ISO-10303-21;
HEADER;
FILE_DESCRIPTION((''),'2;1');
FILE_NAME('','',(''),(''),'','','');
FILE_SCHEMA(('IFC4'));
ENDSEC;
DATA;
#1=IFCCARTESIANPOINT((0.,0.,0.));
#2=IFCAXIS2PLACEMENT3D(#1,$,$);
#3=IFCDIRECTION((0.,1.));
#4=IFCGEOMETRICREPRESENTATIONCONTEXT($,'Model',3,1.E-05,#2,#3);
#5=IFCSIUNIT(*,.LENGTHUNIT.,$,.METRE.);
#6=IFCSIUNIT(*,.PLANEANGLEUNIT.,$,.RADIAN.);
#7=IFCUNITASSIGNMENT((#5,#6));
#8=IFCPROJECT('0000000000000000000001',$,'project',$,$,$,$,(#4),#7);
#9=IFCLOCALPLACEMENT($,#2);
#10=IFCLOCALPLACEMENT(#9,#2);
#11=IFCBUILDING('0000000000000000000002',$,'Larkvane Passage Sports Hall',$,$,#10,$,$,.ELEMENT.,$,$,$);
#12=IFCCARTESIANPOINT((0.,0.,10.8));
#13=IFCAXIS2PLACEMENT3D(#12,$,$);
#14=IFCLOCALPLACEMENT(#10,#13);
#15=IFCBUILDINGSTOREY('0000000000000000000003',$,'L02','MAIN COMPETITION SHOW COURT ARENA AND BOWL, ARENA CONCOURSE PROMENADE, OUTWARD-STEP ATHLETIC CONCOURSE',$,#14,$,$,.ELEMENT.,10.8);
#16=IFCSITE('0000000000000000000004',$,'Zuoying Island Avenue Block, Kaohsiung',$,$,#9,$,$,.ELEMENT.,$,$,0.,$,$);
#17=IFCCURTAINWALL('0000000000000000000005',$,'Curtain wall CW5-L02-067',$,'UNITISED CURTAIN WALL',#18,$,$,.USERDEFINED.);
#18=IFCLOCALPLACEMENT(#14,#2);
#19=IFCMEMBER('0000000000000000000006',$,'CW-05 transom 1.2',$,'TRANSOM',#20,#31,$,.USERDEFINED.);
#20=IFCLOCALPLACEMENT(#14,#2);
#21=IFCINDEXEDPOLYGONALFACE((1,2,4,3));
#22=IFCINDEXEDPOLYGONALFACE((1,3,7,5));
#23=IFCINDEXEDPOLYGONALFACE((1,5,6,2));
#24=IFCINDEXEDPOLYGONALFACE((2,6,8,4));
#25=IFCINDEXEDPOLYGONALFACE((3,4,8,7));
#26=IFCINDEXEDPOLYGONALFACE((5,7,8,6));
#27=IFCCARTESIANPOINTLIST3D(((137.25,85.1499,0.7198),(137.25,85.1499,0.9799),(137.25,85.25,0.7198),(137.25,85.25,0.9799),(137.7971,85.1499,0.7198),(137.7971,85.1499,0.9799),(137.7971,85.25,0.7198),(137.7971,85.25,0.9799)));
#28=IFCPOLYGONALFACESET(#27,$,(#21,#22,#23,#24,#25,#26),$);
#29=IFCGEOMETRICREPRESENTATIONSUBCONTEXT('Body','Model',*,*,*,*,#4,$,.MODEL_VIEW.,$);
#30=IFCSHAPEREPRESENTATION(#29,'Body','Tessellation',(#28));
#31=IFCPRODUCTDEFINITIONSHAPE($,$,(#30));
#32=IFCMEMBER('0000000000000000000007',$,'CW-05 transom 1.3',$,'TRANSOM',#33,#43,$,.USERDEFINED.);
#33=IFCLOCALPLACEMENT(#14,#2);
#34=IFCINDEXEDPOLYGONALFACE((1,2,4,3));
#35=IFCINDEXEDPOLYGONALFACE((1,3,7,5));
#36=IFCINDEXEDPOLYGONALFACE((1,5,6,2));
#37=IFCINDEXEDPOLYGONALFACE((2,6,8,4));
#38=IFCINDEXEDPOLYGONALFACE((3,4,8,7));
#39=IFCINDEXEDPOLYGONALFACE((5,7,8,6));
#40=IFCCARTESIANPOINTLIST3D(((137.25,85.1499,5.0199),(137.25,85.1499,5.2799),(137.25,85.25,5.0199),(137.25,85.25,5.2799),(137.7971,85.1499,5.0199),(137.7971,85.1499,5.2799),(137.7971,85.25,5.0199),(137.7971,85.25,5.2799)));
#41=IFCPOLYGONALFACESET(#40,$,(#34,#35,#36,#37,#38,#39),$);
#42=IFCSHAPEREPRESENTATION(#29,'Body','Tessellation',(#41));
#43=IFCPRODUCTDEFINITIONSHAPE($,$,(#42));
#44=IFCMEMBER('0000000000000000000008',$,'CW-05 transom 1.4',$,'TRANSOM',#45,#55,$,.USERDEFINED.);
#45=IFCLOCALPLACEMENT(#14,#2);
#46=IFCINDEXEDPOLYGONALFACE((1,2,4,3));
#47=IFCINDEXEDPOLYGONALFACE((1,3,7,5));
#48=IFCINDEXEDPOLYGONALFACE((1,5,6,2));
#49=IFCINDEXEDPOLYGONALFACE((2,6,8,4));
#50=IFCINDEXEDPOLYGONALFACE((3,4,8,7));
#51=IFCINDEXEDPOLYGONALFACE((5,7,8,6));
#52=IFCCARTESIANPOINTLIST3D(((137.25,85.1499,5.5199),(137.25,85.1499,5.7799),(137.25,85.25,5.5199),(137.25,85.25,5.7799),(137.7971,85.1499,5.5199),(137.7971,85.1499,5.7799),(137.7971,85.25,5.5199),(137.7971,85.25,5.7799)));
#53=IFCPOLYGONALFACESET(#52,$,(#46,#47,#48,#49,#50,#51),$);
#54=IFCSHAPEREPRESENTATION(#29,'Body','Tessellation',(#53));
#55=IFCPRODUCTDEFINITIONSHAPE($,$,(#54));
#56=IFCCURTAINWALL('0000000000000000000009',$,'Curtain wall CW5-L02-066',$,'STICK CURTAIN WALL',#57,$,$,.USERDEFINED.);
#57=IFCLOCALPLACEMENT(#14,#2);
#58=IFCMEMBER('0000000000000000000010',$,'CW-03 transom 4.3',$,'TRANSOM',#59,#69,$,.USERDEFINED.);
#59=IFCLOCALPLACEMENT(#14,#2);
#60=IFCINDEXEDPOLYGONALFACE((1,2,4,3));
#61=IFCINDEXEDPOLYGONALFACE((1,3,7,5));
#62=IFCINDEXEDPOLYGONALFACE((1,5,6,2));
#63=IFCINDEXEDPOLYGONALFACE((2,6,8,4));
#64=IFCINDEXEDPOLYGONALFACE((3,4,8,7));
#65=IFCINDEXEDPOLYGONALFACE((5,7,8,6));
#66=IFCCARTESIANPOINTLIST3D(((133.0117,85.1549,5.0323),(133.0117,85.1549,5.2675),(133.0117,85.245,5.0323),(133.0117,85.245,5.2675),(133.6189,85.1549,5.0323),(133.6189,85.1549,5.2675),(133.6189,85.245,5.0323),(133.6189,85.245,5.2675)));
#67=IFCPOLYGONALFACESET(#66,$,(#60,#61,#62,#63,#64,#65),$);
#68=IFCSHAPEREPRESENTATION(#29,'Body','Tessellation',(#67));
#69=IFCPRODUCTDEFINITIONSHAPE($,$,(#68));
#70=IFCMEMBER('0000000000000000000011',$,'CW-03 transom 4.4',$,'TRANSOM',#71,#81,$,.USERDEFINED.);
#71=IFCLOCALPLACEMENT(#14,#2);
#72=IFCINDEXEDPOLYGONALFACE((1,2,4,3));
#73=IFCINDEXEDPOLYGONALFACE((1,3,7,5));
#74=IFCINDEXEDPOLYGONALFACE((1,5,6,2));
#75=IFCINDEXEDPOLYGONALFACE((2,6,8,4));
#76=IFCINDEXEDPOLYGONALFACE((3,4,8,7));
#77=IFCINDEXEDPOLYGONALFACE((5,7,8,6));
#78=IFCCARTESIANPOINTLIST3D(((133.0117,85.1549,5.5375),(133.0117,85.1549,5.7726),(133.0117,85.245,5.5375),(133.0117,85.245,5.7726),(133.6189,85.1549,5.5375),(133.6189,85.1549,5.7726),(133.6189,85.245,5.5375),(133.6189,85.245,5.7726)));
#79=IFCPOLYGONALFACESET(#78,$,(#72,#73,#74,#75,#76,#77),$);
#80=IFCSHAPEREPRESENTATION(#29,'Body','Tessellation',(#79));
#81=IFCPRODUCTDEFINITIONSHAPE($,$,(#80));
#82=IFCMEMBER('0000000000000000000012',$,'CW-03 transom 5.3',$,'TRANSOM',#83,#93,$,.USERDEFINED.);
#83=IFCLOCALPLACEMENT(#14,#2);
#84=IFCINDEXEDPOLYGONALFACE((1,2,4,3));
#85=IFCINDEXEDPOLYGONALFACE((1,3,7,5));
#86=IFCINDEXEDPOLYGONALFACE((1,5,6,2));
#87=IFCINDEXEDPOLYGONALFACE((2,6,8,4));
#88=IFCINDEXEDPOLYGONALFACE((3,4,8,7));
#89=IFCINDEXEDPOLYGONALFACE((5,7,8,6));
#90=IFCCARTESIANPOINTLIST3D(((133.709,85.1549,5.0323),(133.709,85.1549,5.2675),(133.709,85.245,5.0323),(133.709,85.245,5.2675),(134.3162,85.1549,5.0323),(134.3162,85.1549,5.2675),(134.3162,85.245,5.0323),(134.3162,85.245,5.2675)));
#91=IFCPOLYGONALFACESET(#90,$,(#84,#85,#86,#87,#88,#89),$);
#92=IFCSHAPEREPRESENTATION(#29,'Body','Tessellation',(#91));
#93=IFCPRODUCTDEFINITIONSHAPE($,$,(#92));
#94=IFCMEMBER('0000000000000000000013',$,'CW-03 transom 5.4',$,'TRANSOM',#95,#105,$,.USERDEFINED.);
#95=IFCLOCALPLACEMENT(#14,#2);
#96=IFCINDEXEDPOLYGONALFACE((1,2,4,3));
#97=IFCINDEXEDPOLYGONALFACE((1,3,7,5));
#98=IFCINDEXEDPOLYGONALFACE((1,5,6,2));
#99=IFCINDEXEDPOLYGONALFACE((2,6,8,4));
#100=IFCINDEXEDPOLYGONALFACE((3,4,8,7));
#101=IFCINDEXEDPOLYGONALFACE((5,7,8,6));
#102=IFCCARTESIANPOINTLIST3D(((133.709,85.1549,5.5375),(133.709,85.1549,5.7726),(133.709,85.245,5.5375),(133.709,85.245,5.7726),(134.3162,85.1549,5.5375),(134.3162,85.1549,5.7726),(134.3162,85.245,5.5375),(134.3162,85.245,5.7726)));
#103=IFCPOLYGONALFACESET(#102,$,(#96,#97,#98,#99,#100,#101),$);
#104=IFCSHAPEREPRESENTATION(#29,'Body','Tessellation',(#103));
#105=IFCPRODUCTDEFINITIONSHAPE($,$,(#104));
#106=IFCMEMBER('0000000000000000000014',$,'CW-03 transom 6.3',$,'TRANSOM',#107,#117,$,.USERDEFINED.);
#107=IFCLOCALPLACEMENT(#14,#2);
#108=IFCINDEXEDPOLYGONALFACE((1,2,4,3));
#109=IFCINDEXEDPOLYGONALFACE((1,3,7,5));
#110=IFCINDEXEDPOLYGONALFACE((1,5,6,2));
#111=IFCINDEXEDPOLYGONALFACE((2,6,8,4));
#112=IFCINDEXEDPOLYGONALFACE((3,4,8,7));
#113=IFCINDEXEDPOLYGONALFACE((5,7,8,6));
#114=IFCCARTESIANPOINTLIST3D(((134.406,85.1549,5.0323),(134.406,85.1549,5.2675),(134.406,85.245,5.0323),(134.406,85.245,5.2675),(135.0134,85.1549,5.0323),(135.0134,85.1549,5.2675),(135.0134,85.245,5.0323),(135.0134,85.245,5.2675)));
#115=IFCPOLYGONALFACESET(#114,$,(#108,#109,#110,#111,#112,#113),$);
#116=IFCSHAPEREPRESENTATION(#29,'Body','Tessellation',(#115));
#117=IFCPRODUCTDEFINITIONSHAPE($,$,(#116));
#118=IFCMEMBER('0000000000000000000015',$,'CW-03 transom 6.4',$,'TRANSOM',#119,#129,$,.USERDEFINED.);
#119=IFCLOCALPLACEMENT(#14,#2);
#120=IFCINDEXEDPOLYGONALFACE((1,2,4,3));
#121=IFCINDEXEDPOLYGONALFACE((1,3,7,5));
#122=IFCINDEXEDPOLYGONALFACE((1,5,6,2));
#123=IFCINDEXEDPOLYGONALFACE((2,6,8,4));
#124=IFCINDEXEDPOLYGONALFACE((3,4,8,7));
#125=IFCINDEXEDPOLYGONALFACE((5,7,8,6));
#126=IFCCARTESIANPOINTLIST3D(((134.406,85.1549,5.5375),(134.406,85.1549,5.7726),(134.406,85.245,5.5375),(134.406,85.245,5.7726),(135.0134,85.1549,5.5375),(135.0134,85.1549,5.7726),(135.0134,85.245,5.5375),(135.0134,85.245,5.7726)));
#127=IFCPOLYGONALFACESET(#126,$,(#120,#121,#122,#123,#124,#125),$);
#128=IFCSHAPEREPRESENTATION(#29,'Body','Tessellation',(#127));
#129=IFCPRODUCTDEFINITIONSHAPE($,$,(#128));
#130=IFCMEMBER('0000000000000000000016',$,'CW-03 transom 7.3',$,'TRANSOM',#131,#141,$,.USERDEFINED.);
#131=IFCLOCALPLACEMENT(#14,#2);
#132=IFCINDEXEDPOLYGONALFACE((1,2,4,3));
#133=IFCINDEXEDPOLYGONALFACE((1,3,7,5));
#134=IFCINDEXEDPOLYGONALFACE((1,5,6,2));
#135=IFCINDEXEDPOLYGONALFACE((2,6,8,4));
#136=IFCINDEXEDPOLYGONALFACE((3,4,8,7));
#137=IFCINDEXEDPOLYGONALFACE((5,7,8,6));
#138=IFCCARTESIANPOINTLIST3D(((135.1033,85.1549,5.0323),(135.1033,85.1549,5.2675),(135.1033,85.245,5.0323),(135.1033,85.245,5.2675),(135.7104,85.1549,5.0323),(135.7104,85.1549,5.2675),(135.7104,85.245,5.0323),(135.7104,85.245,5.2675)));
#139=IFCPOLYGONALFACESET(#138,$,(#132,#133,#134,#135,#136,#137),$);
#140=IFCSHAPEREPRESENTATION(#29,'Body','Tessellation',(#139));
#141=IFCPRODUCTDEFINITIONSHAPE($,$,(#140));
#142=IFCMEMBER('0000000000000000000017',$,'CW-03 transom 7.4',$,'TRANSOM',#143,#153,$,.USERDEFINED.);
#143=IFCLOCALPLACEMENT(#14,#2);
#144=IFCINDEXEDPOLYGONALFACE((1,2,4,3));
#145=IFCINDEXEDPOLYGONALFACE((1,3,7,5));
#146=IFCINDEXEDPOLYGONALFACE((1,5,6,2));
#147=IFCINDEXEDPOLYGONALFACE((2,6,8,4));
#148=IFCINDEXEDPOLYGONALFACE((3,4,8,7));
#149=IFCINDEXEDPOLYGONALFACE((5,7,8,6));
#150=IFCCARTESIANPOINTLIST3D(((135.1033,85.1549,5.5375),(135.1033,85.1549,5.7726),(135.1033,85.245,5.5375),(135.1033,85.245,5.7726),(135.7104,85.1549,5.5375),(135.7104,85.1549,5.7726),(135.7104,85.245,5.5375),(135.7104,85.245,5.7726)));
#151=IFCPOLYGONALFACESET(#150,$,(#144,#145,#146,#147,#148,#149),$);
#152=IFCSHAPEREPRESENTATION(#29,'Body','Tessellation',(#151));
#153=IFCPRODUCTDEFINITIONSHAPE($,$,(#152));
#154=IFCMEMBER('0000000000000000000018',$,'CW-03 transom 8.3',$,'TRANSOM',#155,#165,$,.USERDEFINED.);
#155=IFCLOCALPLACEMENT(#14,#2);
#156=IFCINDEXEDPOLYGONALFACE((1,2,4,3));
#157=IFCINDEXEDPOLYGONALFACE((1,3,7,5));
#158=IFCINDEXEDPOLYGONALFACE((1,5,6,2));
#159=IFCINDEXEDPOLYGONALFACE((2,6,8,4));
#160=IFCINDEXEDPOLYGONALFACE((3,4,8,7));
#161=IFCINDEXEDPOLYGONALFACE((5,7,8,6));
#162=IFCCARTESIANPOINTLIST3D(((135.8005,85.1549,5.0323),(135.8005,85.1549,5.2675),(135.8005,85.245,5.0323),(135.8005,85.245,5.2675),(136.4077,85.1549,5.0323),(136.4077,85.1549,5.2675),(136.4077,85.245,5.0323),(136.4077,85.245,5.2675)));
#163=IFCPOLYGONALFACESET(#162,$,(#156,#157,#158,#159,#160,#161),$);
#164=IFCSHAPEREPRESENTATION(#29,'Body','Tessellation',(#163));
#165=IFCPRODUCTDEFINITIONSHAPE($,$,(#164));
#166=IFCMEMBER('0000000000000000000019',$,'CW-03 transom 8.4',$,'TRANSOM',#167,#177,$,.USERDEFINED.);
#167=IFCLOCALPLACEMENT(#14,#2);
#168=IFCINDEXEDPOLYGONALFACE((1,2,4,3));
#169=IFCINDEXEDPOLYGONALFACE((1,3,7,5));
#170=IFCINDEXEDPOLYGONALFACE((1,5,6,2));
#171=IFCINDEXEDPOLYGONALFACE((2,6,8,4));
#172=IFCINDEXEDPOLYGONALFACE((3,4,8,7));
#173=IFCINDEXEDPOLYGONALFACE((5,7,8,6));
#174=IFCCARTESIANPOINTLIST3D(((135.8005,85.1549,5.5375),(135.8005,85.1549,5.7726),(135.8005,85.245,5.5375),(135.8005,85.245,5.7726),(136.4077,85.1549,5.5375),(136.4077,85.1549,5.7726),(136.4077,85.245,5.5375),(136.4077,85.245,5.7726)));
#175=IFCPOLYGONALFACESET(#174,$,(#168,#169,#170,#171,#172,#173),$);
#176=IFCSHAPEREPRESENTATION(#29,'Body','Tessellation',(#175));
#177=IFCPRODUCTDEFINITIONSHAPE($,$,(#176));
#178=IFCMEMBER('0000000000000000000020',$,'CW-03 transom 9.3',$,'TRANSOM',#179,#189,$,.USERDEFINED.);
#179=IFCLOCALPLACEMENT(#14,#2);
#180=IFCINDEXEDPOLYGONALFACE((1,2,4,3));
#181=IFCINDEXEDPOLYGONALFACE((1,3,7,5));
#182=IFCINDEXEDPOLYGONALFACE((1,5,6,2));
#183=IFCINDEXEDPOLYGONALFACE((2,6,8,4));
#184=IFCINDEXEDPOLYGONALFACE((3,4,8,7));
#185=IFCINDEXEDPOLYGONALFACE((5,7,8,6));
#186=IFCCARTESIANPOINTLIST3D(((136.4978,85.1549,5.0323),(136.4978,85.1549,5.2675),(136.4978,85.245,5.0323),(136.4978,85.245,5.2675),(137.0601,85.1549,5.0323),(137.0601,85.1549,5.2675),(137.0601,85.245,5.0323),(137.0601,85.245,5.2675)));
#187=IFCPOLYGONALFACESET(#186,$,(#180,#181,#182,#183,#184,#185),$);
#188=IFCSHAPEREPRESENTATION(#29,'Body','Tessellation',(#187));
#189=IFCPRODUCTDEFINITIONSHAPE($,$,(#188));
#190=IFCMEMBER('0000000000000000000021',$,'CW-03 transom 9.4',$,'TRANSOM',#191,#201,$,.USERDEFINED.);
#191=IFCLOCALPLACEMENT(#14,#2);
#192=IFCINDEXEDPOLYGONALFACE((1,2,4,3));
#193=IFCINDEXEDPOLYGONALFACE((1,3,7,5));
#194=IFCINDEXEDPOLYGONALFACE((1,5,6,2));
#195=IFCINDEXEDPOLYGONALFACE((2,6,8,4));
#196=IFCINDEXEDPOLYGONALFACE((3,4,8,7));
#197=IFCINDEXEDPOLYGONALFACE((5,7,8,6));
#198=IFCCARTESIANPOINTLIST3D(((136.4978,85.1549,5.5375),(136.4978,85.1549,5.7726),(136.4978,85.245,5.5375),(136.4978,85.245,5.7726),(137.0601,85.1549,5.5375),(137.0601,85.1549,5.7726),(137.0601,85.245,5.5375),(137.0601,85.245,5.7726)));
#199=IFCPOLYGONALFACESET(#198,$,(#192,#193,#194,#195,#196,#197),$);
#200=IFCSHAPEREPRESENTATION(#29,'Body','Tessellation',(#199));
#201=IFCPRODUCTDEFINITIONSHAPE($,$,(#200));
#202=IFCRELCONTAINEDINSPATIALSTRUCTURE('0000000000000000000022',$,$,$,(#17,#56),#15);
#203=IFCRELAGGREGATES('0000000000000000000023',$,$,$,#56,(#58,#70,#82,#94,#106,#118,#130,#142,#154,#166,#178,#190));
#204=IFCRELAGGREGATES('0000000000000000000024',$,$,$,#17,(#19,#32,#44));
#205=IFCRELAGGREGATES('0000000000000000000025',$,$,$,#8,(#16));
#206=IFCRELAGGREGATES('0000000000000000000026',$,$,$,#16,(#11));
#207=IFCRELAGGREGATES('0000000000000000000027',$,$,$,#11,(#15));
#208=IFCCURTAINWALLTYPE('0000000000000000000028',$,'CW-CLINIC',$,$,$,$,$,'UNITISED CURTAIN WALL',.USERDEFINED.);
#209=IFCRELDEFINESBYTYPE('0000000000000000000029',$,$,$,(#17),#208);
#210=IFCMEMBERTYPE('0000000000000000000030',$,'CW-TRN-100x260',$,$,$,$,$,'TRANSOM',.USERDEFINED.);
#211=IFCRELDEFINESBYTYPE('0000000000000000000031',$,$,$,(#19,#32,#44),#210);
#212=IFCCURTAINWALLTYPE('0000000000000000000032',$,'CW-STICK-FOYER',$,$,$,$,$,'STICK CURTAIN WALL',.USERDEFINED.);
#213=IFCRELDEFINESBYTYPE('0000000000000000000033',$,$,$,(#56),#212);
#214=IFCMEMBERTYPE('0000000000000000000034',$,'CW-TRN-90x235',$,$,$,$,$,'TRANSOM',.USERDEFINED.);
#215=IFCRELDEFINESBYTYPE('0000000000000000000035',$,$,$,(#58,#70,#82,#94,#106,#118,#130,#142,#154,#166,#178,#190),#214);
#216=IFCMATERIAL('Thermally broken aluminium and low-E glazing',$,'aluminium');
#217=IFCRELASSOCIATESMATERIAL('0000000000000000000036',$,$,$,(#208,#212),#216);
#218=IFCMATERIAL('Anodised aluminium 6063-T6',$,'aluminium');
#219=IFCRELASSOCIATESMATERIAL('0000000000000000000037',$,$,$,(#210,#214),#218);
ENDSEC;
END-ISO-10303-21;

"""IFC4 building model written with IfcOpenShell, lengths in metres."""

from ifc_helpers import new_model, si_unit, direction, frame, origin, origin_2d, place, context, subcontext, project, spatial, rectangle, extrude, material, material_profile, profile_set, type_object, element, aggregate, save


model = new_model("IFC4")

# Units and contexts
model_context = context("Model", 3, precision=1e-05, world=origin(), true_north=direction((0.0, 1.0)))
body_context = subcontext(model_context, "Body", "Model", "MODEL_VIEW")
ifc_project = project(units=[si_unit("LENGTHUNIT", "METRE"), si_unit("PLANEANGLEUNIT", "RADIAN")], contexts=[model_context])

# Site, building, storey
site_placement = place(None, origin())
site = spatial("IfcSite", under=ifc_project, at=site_placement, Name="Zuoying Island Avenue Block, Kaohsiung", CompositionType="ELEMENT", RefElevation=0.0)
building_placement = place(site_placement, origin())
building = spatial("IfcBuilding", under=site, at=building_placement, Name="Larkvane Passage Sports Hall", CompositionType="ELEMENT")
storey_placement = place(building_placement, frame((0.0, 0.0, 10.8)))
storey = spatial("IfcBuildingStorey", under=building, at=storey_placement, Name="L02", Description="MAIN COMPETITION SHOW COURT ARENA AND BOWL, ARENA CONCOURSE PROMENADE, OUTWARD-STEP ATHLETIC CONCOURSE", CompositionType="ELEMENT", Elevation=10.8)

# Curtain wall, members
ifc_material_1 = material(Name="Thermally broken aluminium and low-E glazing", Category="aluminium")
curtain_wall_type_1 = type_object("IfcCurtainWallType", Name="CW-CLINIC", ElementType="UNITISED CURTAIN WALL", PredefinedType="USERDEFINED", material=ifc_material_1)
curtain_wall_1_placement = place(storey_placement, origin())
curtain_wall_1 = element("IfcCurtainWall", 1, at=curtain_wall_1_placement, inside=storey, type_object=curtain_wall_type_1, Name="Curtain wall CW5-L02-067", ObjectType="UNITISED CURTAIN WALL", PredefinedType="USERDEFINED")
ifc_material_2 = material(Name="Anodised aluminium 6063-T6", Category="aluminium")
ifc_material_profile_1 = material_profile(ifc_material_2, rectangle(XDim=0.1001, YDim=0.26, at=origin_2d()), Name="ALU-TRN-100x260")
ifc_profile_set_1 = profile_set([ifc_material_profile_1], Name="Anodised aluminium 6063-T6")
member_type_1 = type_object("IfcMemberType", Name="CW-TRN-100x260", ElementType="TRANSOM", PredefinedType="USERDEFINED", material=ifc_profile_set_1)
member_1_placement = place(storey_placement, frame((137.25, 85.2, 0.8499), z_axis=(1.0, 0.0, 0.0), x_axis=(0.0, 1.0, 0.0)))
member_1 = element("IfcMember", 2, at=member_1_placement, type_object=member_type_1, Name="CW-05 transom 1.2", ObjectType="TRANSOM", PredefinedType="USERDEFINED", context=body_context, shape_type="SweptSolid", body=[
    extrude(rectangle(XDim=0.1001, YDim=0.26, at=origin_2d()), origin(), (0.0, 0.0, 1.0), 0.5471),
])
member_2_placement = place(storey_placement, frame((137.25, 85.2, 5.1499), z_axis=(1.0, 0.0, 0.0), x_axis=(0.0, 1.0, 0.0)))
member_2 = element("IfcMember", 3, at=member_2_placement, type_object=member_type_1, Name="CW-05 transom 1.3", ObjectType="TRANSOM", PredefinedType="USERDEFINED", context=body_context, shape_type="SweptSolid", body=[
    extrude(rectangle(XDim=0.1001, YDim=0.26, at=origin_2d()), origin(), (0.0, 0.0, 1.0), 0.5471),
])
member_3_placement = place(storey_placement, frame((137.25, 85.2, 5.6499), z_axis=(1.0, 0.0, 0.0), x_axis=(0.0, 1.0, 0.0)))
member_3 = element("IfcMember", 4, at=member_3_placement, type_object=member_type_1, Name="CW-05 transom 1.4", ObjectType="TRANSOM", PredefinedType="USERDEFINED", context=body_context, shape_type="SweptSolid", body=[
    extrude(rectangle(XDim=0.1001, YDim=0.26, at=origin_2d()), origin(), (0.0, 0.0, 1.0), 0.5471),
])

# Curtain wall, members
curtain_wall_type_2 = type_object("IfcCurtainWallType", Name="CW-STICK-FOYER", ElementType="STICK CURTAIN WALL", PredefinedType="USERDEFINED", material=ifc_material_1)
curtain_wall_2_placement = place(storey_placement, origin())
curtain_wall_2 = element("IfcCurtainWall", 5, at=curtain_wall_2_placement, inside=storey, type_object=curtain_wall_type_2, Name="Curtain wall CW5-L02-066", ObjectType="STICK CURTAIN WALL", PredefinedType="USERDEFINED")
ifc_material_profile_2 = material_profile(ifc_material_2, rectangle(XDim=0.0901, YDim=0.2351, at=origin_2d()), Name="ALU-TRN-90x235")
ifc_profile_set_2 = profile_set([ifc_material_profile_2], Name="Anodised aluminium 6063-T6")
member_type_2 = type_object("IfcMemberType", Name="CW-TRN-90x235", ElementType="TRANSOM", PredefinedType="USERDEFINED", material=ifc_profile_set_2)
member_4_placement = place(storey_placement, frame((133.0117, 85.2, 5.1499), z_axis=(1.0, 0.0, 0.0), x_axis=(0.0, 1.0, 0.0)))
member_4 = element("IfcMember", 6, at=member_4_placement, type_object=member_type_2, Name="CW-03 transom 4.3", ObjectType="TRANSOM", PredefinedType="USERDEFINED", context=body_context, shape_type="SweptSolid", body=[
    extrude(rectangle(XDim=0.0901, YDim=0.2351, at=origin_2d()), origin(), (0.0, 0.0, 1.0), 0.6072),
])
member_5_placement = place(storey_placement, frame((133.0117, 85.2, 5.655), z_axis=(1.0, 0.0, 0.0), x_axis=(0.0, 1.0, 0.0)))
member_5 = element("IfcMember", 7, at=member_5_placement, type_object=member_type_2, Name="CW-03 transom 4.4", ObjectType="TRANSOM", PredefinedType="USERDEFINED", context=body_context, shape_type="SweptSolid", body=[
    extrude(rectangle(XDim=0.0901, YDim=0.2351, at=origin_2d()), origin(), (0.0, 0.0, 1.0), 0.6072),
])
member_6_placement = place(storey_placement, frame((133.709, 85.2, 5.1499), z_axis=(1.0, 0.0, 0.0), x_axis=(0.0, 1.0, 0.0)))
member_6 = element("IfcMember", 8, at=member_6_placement, type_object=member_type_2, Name="CW-03 transom 5.3", ObjectType="TRANSOM", PredefinedType="USERDEFINED", context=body_context, shape_type="SweptSolid", body=[
    extrude(rectangle(XDim=0.0901, YDim=0.2351, at=origin_2d()), origin(), (0.0, 0.0, 1.0), 0.6072),
])
member_7_placement = place(storey_placement, frame((133.709, 85.2, 5.655), z_axis=(1.0, 0.0, 0.0), x_axis=(0.0, 1.0, 0.0)))
member_7 = element("IfcMember", 9, at=member_7_placement, type_object=member_type_2, Name="CW-03 transom 5.4", ObjectType="TRANSOM", PredefinedType="USERDEFINED", context=body_context, shape_type="SweptSolid", body=[
    extrude(rectangle(XDim=0.0901, YDim=0.2351, at=origin_2d()), origin(), (0.0, 0.0, 1.0), 0.6072),
])
member_8_placement = place(storey_placement, frame((134.406, 85.2, 5.1499), z_axis=(1.0, 0.0, 0.0), x_axis=(0.0, 1.0, 0.0)))
member_8 = element("IfcMember", 10, at=member_8_placement, type_object=member_type_2, Name="CW-03 transom 6.3", ObjectType="TRANSOM", PredefinedType="USERDEFINED", context=body_context, shape_type="SweptSolid", body=[
    extrude(rectangle(XDim=0.0901, YDim=0.2351, at=origin_2d()), origin(), (0.0, 0.0, 1.0), 0.6074),
])
member_9_placement = place(storey_placement, frame((134.406, 85.2, 5.655), z_axis=(1.0, 0.0, 0.0), x_axis=(0.0, 1.0, 0.0)))
member_9 = element("IfcMember", 11, at=member_9_placement, type_object=member_type_2, Name="CW-03 transom 6.4", ObjectType="TRANSOM", PredefinedType="USERDEFINED", context=body_context, shape_type="SweptSolid", body=[
    extrude(rectangle(XDim=0.0901, YDim=0.2351, at=origin_2d()), origin(), (0.0, 0.0, 1.0), 0.6074),
])
member_10_placement = place(storey_placement, frame((135.1033, 85.2, 5.1499), z_axis=(1.0, 0.0, 0.0), x_axis=(0.0, 1.0, 0.0)))
member_10 = element("IfcMember", 12, at=member_10_placement, type_object=member_type_2, Name="CW-03 transom 7.3", ObjectType="TRANSOM", PredefinedType="USERDEFINED", context=body_context, shape_type="SweptSolid", body=[
    extrude(rectangle(XDim=0.0901, YDim=0.2351, at=origin_2d()), origin(), (0.0, 0.0, 1.0), 0.6072),
])
member_11_placement = place(storey_placement, frame((135.1033, 85.2, 5.655), z_axis=(1.0, 0.0, 0.0), x_axis=(0.0, 1.0, 0.0)))
member_11 = element("IfcMember", 13, at=member_11_placement, type_object=member_type_2, Name="CW-03 transom 7.4", ObjectType="TRANSOM", PredefinedType="USERDEFINED", context=body_context, shape_type="SweptSolid", body=[
    extrude(rectangle(XDim=0.0901, YDim=0.2351, at=origin_2d()), origin(), (0.0, 0.0, 1.0), 0.6072),
])
member_12_placement = place(storey_placement, frame((135.8005, 85.2, 5.1499), z_axis=(1.0, 0.0, 0.0), x_axis=(0.0, 1.0, 0.0)))
member_12 = element("IfcMember", 14, at=member_12_placement, type_object=member_type_2, Name="CW-03 transom 8.3", ObjectType="TRANSOM", PredefinedType="USERDEFINED", context=body_context, shape_type="SweptSolid", body=[
    extrude(rectangle(XDim=0.0901, YDim=0.2351, at=origin_2d()), origin(), (0.0, 0.0, 1.0), 0.6072),
])
member_13_placement = place(storey_placement, frame((135.8005, 85.2, 5.655), z_axis=(1.0, 0.0, 0.0), x_axis=(0.0, 1.0, 0.0)))
member_13 = element("IfcMember", 15, at=member_13_placement, type_object=member_type_2, Name="CW-03 transom 8.4", ObjectType="TRANSOM", PredefinedType="USERDEFINED", context=body_context, shape_type="SweptSolid", body=[
    extrude(rectangle(XDim=0.0901, YDim=0.2351, at=origin_2d()), origin(), (0.0, 0.0, 1.0), 0.6072),
])
member_14_placement = place(storey_placement, frame((136.4978, 85.2, 5.1499), z_axis=(1.0, 0.0, 0.0), x_axis=(0.0, 1.0, 0.0)))
member_14 = element("IfcMember", 16, at=member_14_placement, type_object=member_type_2, Name="CW-03 transom 9.3", ObjectType="TRANSOM", PredefinedType="USERDEFINED", context=body_context, shape_type="SweptSolid", body=[
    extrude(rectangle(XDim=0.0901, YDim=0.2351, at=origin_2d()), origin(), (0.0, 0.0, 1.0), 0.5623),
])
member_15_placement = place(storey_placement, frame((136.4978, 85.2, 5.655), z_axis=(1.0, 0.0, 0.0), x_axis=(0.0, 1.0, 0.0)))
member_15 = element("IfcMember", 17, at=member_15_placement, type_object=member_type_2, Name="CW-03 transom 9.4", ObjectType="TRANSOM", PredefinedType="USERDEFINED", context=body_context, shape_type="SweptSolid", body=[
    extrude(rectangle(XDim=0.0901, YDim=0.2351, at=origin_2d()), origin(), (0.0, 0.0, 1.0), 0.5623),
])
aggregate(curtain_wall_2, [member_4, member_5, member_6, member_7, member_8, member_9, member_10, member_11, member_12, member_13, member_14, member_15])

aggregate(curtain_wall_1, [member_1, member_2, member_3])

save(model, "model.ifc")
